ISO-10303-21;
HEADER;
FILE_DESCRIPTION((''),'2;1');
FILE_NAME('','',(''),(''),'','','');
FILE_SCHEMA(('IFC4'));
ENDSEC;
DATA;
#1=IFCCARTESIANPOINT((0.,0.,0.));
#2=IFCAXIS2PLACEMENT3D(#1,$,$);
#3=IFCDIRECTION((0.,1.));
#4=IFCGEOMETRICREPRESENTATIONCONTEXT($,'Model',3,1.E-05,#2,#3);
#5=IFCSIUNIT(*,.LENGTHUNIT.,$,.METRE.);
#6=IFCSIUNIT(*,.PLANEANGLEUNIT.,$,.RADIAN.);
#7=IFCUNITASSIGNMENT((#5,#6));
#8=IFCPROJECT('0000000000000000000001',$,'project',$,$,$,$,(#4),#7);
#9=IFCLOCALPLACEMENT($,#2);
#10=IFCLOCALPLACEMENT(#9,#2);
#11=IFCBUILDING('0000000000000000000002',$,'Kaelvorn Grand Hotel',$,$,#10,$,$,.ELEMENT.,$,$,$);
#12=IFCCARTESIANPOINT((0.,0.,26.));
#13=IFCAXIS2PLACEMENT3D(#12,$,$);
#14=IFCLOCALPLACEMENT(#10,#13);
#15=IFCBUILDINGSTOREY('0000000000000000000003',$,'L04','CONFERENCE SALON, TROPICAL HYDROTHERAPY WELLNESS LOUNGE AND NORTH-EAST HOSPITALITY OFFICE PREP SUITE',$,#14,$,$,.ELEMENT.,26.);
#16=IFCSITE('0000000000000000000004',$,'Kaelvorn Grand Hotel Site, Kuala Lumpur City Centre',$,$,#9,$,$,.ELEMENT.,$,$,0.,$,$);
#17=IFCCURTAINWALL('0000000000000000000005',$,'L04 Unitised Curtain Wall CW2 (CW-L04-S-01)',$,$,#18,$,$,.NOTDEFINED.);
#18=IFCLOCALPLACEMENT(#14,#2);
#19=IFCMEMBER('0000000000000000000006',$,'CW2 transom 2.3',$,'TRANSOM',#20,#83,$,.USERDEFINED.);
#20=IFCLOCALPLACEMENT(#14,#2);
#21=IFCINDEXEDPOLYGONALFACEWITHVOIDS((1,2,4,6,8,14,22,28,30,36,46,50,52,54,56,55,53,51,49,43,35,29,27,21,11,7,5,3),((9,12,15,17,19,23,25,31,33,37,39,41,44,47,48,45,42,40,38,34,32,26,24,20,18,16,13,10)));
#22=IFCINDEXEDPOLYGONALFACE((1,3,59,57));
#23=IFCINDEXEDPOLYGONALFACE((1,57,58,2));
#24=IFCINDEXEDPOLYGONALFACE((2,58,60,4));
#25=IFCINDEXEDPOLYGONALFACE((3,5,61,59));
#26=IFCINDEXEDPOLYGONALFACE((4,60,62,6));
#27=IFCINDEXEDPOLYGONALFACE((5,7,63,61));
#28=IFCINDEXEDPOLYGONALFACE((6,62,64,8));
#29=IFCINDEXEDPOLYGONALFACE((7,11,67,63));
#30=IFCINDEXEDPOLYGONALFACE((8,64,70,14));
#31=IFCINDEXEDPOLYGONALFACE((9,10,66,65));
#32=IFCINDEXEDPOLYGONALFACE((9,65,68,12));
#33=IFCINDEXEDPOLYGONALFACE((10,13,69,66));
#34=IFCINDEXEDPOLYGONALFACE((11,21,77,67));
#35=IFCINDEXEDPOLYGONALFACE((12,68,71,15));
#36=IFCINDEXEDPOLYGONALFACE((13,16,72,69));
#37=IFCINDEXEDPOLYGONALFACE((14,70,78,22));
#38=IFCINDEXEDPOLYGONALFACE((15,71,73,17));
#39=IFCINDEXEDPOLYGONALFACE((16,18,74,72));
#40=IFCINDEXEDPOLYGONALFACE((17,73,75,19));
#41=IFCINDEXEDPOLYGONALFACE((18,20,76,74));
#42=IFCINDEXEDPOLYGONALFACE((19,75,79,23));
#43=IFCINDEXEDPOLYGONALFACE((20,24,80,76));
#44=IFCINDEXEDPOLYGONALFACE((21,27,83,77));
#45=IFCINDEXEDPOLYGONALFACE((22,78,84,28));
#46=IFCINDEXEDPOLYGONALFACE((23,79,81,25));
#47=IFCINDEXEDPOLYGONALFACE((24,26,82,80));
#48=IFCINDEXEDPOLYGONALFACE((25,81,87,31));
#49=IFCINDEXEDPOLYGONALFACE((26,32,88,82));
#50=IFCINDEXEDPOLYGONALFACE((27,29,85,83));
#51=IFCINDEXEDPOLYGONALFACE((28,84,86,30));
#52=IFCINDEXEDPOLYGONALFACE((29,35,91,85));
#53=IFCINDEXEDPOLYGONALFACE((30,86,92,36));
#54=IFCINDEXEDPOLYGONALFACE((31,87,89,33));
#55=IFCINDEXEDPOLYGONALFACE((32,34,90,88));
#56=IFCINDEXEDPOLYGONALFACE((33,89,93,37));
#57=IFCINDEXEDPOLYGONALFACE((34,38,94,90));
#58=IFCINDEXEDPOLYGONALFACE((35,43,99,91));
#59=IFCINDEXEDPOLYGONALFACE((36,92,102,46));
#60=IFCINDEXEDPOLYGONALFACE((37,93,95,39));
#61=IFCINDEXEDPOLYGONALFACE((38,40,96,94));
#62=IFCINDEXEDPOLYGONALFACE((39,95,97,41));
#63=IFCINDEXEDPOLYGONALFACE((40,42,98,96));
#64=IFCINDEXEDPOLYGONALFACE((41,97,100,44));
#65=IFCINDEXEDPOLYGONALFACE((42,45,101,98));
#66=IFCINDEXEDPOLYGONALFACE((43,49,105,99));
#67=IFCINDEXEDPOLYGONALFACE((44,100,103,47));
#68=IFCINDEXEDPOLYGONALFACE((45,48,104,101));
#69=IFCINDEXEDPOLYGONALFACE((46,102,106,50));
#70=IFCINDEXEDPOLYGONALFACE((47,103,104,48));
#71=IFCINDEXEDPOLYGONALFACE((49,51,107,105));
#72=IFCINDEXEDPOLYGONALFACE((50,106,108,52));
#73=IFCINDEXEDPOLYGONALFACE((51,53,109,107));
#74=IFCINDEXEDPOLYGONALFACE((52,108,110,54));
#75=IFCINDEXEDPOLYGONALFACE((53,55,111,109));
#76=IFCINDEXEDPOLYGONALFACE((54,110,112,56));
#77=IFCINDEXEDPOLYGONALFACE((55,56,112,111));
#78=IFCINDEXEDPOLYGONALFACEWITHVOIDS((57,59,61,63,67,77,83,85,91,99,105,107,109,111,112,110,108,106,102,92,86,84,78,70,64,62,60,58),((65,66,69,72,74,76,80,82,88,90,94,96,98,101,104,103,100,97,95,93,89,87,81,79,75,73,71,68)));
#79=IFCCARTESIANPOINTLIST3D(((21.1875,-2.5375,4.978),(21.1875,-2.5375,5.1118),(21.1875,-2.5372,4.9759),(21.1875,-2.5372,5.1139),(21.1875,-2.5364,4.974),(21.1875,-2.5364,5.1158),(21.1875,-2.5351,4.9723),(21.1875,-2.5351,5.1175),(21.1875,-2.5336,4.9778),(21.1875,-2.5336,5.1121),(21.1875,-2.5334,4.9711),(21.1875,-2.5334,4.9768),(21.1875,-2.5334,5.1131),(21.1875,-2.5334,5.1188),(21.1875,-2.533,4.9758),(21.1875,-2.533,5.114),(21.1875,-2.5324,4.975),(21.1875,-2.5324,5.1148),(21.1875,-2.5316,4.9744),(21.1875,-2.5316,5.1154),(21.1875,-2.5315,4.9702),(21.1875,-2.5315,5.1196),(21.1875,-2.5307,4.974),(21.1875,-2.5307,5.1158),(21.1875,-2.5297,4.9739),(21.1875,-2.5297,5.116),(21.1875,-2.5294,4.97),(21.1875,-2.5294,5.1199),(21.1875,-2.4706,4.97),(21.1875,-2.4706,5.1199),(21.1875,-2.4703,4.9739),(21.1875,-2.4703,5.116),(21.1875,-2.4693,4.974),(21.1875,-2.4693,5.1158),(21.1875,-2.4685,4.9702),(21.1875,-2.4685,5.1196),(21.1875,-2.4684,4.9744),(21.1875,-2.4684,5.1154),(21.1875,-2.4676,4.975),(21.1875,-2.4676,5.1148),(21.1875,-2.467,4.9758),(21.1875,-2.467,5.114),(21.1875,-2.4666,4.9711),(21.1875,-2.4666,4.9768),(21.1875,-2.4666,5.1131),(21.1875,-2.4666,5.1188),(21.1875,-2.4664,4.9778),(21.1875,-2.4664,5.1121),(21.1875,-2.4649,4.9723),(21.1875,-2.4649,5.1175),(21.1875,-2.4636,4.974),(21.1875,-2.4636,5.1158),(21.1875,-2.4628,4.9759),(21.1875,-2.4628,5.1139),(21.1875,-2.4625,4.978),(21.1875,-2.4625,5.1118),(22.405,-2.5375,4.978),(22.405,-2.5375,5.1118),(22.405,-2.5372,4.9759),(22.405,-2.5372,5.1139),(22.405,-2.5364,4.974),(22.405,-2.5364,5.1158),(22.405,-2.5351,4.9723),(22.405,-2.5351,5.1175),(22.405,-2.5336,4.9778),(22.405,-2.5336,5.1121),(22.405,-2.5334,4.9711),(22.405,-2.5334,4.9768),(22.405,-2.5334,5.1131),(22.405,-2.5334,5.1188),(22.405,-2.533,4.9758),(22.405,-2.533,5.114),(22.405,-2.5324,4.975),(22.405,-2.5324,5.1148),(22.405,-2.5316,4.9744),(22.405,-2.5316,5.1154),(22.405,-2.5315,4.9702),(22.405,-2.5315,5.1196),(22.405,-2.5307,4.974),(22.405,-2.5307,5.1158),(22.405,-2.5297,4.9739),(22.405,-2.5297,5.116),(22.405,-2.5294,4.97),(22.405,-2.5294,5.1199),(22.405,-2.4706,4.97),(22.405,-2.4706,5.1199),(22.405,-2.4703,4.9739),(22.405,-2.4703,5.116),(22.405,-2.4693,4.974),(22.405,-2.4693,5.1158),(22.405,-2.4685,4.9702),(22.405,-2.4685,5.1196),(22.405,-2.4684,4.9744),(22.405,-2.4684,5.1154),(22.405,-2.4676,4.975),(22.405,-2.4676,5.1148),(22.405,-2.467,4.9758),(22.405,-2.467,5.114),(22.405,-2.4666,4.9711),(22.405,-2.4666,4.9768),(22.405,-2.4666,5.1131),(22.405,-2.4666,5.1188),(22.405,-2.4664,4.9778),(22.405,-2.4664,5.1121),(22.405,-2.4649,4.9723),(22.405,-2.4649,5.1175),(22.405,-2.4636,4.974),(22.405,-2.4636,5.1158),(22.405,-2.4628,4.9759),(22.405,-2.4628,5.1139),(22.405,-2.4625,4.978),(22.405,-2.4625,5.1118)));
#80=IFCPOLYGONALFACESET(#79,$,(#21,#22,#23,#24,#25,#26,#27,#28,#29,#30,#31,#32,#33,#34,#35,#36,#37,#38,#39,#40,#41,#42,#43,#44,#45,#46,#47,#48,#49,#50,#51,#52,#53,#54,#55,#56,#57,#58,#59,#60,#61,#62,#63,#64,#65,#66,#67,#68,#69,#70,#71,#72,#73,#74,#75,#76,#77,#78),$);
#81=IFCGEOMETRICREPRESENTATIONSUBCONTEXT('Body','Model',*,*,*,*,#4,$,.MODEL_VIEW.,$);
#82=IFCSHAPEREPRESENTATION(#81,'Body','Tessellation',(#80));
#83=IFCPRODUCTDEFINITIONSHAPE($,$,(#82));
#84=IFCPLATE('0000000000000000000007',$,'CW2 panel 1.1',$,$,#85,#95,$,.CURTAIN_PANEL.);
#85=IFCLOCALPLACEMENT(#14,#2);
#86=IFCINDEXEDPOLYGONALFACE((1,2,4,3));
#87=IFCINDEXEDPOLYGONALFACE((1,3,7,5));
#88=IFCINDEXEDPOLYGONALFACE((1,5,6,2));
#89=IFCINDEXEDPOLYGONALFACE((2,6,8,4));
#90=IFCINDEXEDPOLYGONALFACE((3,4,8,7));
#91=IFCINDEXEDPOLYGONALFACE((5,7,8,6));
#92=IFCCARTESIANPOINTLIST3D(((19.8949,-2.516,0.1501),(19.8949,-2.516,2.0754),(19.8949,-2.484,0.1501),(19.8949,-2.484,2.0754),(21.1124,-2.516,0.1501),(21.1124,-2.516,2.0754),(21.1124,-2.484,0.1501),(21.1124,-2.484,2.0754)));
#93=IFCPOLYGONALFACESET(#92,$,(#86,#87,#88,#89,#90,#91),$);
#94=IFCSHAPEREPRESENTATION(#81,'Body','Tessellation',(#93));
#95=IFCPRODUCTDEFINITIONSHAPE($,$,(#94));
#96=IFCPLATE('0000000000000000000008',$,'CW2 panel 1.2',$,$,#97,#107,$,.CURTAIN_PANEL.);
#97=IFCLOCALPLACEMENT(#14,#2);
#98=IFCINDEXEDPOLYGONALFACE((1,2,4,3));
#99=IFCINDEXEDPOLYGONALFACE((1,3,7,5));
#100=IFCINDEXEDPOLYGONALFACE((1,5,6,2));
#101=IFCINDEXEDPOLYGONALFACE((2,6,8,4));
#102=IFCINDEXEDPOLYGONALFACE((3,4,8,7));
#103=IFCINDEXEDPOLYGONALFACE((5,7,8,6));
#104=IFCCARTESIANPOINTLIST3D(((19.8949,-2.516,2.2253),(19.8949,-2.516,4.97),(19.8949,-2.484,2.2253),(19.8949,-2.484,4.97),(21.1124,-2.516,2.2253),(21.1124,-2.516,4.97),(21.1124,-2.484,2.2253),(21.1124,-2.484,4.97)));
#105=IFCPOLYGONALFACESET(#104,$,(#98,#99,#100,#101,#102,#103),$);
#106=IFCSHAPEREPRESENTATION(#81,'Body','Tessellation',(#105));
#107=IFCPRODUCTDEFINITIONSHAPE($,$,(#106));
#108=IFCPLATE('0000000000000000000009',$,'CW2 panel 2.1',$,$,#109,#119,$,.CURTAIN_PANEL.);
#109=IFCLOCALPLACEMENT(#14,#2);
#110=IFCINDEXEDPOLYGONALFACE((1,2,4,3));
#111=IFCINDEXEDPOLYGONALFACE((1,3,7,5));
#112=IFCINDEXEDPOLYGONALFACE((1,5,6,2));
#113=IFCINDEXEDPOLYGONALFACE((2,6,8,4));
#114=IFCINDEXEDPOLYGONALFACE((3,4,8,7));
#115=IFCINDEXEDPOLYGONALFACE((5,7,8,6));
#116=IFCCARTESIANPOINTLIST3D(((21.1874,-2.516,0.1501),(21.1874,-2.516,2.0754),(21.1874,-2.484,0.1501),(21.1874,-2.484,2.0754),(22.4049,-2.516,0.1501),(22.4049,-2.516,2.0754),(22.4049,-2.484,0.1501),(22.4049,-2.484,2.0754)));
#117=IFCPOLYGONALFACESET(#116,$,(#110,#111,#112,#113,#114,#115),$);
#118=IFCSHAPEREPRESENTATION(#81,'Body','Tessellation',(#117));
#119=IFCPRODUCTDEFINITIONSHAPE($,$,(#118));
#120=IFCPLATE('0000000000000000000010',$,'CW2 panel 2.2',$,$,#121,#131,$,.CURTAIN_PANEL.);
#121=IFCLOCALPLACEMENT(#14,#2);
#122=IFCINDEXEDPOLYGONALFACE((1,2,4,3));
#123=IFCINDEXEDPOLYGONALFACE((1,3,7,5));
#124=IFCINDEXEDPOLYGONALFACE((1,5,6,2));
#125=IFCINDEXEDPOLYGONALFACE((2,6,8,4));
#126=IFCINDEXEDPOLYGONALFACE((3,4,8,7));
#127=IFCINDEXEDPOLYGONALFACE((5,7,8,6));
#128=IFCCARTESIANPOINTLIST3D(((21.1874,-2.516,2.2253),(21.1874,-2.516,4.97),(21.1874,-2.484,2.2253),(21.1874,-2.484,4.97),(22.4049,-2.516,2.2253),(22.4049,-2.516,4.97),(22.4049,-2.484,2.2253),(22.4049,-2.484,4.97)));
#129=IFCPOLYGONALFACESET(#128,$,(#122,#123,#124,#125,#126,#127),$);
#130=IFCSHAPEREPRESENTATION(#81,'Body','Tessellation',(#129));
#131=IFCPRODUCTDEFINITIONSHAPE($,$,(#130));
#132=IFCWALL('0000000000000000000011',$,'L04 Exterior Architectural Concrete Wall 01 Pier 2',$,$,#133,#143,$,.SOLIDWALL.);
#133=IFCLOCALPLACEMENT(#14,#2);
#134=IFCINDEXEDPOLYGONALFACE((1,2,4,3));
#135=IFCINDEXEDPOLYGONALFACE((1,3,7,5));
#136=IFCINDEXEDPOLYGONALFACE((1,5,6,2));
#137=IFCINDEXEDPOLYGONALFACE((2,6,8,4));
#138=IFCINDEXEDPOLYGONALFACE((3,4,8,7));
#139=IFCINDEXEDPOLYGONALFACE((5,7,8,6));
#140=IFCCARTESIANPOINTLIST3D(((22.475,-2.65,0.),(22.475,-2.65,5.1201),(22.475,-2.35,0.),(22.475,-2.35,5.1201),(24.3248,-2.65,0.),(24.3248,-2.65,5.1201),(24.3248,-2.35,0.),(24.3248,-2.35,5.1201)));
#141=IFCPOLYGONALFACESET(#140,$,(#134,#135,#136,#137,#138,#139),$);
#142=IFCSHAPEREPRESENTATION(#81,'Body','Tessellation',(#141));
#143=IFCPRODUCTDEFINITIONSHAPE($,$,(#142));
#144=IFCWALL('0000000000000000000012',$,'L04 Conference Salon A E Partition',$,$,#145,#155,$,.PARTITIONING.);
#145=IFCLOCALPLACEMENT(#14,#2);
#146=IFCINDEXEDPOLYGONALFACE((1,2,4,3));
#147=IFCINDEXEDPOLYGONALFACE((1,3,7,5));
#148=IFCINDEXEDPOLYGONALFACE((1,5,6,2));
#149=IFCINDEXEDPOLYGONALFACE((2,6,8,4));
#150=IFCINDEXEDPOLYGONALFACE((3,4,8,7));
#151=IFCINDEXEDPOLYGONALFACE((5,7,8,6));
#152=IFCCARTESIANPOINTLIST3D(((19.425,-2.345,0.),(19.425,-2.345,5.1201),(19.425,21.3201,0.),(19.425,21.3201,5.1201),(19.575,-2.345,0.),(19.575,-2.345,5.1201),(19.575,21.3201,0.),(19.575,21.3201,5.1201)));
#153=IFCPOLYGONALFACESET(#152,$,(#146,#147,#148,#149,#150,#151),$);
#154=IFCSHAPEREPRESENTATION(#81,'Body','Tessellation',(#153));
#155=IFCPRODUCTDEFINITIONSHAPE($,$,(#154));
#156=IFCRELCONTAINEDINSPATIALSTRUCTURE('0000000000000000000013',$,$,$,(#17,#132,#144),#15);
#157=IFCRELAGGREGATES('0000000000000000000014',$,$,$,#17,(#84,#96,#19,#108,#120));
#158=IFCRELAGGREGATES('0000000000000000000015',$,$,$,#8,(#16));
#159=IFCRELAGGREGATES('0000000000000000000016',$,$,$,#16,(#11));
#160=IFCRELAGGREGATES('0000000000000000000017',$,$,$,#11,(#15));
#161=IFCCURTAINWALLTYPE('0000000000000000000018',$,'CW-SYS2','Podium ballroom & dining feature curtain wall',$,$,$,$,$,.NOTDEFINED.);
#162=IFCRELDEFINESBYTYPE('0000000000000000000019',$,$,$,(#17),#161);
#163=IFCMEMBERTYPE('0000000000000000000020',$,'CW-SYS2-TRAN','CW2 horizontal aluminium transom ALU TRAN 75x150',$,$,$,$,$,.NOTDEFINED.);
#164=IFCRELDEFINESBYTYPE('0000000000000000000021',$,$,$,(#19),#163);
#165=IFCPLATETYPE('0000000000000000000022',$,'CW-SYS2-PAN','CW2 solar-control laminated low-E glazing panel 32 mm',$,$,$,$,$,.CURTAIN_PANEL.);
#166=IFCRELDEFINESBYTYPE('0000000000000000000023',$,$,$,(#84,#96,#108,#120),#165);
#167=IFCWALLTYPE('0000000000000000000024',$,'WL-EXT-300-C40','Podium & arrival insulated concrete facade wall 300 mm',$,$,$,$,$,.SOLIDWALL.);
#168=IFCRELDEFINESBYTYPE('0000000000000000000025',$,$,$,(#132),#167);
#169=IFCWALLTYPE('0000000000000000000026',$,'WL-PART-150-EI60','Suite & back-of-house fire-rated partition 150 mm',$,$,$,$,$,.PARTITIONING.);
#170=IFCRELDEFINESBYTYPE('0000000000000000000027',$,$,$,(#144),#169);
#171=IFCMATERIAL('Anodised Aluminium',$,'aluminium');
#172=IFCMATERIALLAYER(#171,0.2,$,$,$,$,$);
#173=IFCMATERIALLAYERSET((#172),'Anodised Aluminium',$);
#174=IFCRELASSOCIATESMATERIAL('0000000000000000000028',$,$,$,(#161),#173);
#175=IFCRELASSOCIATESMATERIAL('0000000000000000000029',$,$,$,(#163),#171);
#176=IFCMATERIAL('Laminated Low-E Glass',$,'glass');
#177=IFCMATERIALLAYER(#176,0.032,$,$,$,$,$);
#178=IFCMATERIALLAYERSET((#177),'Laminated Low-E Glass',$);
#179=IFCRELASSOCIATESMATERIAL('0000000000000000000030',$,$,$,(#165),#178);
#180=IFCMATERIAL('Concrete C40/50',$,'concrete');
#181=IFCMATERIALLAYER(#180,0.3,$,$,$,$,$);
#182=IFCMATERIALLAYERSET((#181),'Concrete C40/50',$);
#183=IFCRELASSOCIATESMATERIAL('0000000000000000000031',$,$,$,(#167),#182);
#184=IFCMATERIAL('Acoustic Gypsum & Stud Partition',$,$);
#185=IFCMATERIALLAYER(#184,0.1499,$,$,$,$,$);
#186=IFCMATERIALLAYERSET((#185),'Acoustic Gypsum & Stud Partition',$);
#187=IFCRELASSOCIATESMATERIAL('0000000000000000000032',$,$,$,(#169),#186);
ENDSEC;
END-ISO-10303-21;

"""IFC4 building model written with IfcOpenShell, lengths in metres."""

from ifc_helpers import new_model, si_unit, direction, frame, frame_2d, origin, origin_2d, place, context, subcontext, project, spatial, rectangle, hollow_rectangle, extrude, material, layer, layer_set, material_profile, profile_set, type_object, element, aggregate, save


model = new_model("IFC4")

# Units and contexts
model_context = context("Model", 3, precision=1e-05, world=origin(), true_north=direction((0.0, 1.0)))
body_context = subcontext(model_context, "Body", "Model", "MODEL_VIEW")
ifc_project = project(units=[si_unit("LENGTHUNIT", "METRE"), si_unit("PLANEANGLEUNIT", "RADIAN")], contexts=[model_context])

# Site, building, storey
site_placement = place(None, origin())
site = spatial("IfcSite", under=ifc_project, at=site_placement, Name="Kaelvorn Grand Hotel Site, Kuala Lumpur City Centre", CompositionType="ELEMENT", RefElevation=0.0)
building_placement = place(site_placement, origin())
building = spatial("IfcBuilding", under=site, at=building_placement, Name="Kaelvorn Grand Hotel", CompositionType="ELEMENT")
storey_placement = place(building_placement, frame((0.0, 0.0, 26.0)))
storey = spatial("IfcBuildingStorey", under=building, at=storey_placement, Name="L04", Description="CONFERENCE SALON, TROPICAL HYDROTHERAPY WELLNESS LOUNGE AND NORTH-EAST HOSPITALITY OFFICE PREP SUITE", CompositionType="ELEMENT", Elevation=26.0)

# Curtain wall, member, plates
ifc_material_1 = material(Name="Anodised Aluminium", Category="aluminium")
ifc_layer_1 = layer(ifc_material_1, 0.2)
ifc_layer_set_1 = layer_set([ifc_layer_1], Name="Anodised Aluminium")
curtain_wall_type = type_object("IfcCurtainWallType", Name="CW-SYS2", Description="Podium ballroom & dining feature curtain wall", PredefinedType="NOTDEFINED", material=ifc_layer_set_1)
curtain_wall_placement = place(storey_placement, origin())
curtain_wall = element("IfcCurtainWall", 1, at=curtain_wall_placement, inside=storey, type_object=curtain_wall_type, Name="L04 Unitised Curtain Wall CW2 (CW-L04-S-01)", PredefinedType="NOTDEFINED")
ifc_material_profile_1 = material_profile(ifc_material_1, hollow_rectangle(XDim=0.075, YDim=0.1499, WallThickness=0.0039, InnerFilletRadius=0.0039, OuterFilletRadius=0.0081, at=origin_2d()), Name="ALU TRAN 75x150")
ifc_profile_set_1 = profile_set([ifc_material_profile_1], Name="Anodised Aluminium")
member_type_1 = type_object("IfcMemberType", Name="CW-SYS2-TRAN", Description="CW2 horizontal aluminium transom ALU TRAN 75x150", PredefinedType="NOTDEFINED", material=ifc_profile_set_1)
member_1_placement = place(storey_placement, frame((21.1875, -2.5, 5.0449), z_axis=(1.0, 0.0, 0.0), x_axis=(0.0, 1.0, 0.0)))
member_1 = element("IfcMember", 2, at=member_1_placement, type_object=member_type_1, Name="CW2 transom 2.3", ObjectType="TRANSOM", PredefinedType="USERDEFINED", context=body_context, shape_type="SweptSolid", body=[
    extrude(hollow_rectangle(XDim=0.075, YDim=0.1499, WallThickness=0.0039, InnerFilletRadius=0.0039, OuterFilletRadius=0.0081, at=origin_2d()), origin(), (0.0, 0.0, 1.0), 1.2175),
])
ifc_material_2 = material(Name="Laminated Low-E Glass", Category="glass")
ifc_layer_2 = layer(ifc_material_2, 0.032)
ifc_layer_set_2 = layer_set([ifc_layer_2], Name="Laminated Low-E Glass")
plate_type = type_object("IfcPlateType", Name="CW-SYS2-PAN", Description="CW2 solar-control laminated low-E glazing panel 32 mm", PredefinedType="CURTAIN_PANEL", material=ifc_layer_set_2)
plate_1_placement = place(storey_placement, frame((20.5037, -2.5, 0.1501), z_axis=(0.0, 0.0, 1.0), x_axis=(1.0, 0.0, 0.0)))
plate_1 = element("IfcPlate", 3, at=plate_1_placement, type_object=plate_type, Name="CW2 panel 1.1", PredefinedType="CURTAIN_PANEL", context=body_context, shape_type="SweptSolid", body=[
    extrude(rectangle(XDim=1.2175, YDim=0.032, at=origin_2d()), origin(), (0.0, 0.0, 1.0), 1.9253),
])
plate_2_placement = place(storey_placement, frame((20.5037, -2.5, 2.2253), z_axis=(0.0, 0.0, 1.0), x_axis=(1.0, 0.0, 0.0)))
plate_2 = element("IfcPlate", 4, at=plate_2_placement, type_object=plate_type, Name="CW2 panel 1.2", PredefinedType="CURTAIN_PANEL", context=body_context, shape_type="SweptSolid", body=[
    extrude(rectangle(XDim=1.2175, YDim=0.032, at=origin_2d()), origin(), (0.0, 0.0, 1.0), 2.7446),
])
plate_3_placement = place(storey_placement, frame((21.7961, -2.5, 0.1501), z_axis=(0.0, 0.0, 1.0), x_axis=(1.0, 0.0, 0.0)))
plate_3 = element("IfcPlate", 5, at=plate_3_placement, type_object=plate_type, Name="CW2 panel 2.1", PredefinedType="CURTAIN_PANEL", context=body_context, shape_type="SweptSolid", body=[
    extrude(rectangle(XDim=1.2175, YDim=0.032, at=origin_2d()), origin(), (0.0, 0.0, 1.0), 1.9253),
])
plate_4_placement = place(storey_placement, frame((21.7961, -2.5, 2.2253), z_axis=(0.0, 0.0, 1.0), x_axis=(1.0, 0.0, 0.0)))
plate_4 = element("IfcPlate", 6, at=plate_4_placement, type_object=plate_type, Name="CW2 panel 2.2", PredefinedType="CURTAIN_PANEL", context=body_context, shape_type="SweptSolid", body=[
    extrude(rectangle(XDim=1.2175, YDim=0.032, at=origin_2d()), origin(), (0.0, 0.0, 1.0), 2.7446),
])
aggregate(curtain_wall, [plate_1, plate_2, member_1, plate_3, plate_4])

# Walls
ifc_material_3 = material(Name="Concrete C40/50", Category="concrete")
ifc_layer_3 = layer(ifc_material_3, 0.3)
ifc_layer_set_3 = layer_set([ifc_layer_3], Name="Concrete C40/50")
wall_type_1 = type_object("IfcWallType", Name="WL-EXT-300-C40", Description="Podium & arrival insulated concrete facade wall 300 mm", PredefinedType="SOLIDWALL", material=ifc_layer_set_3)
wall_1_placement = place(storey_placement, frame((22.4751, -2.5, 0.0), z_axis=(0.0, 0.0, 1.0), x_axis=(1.0, 0.0, 0.0)))
element("IfcWall", 7, at=wall_1_placement, inside=storey, type_object=wall_type_1, Name="L04 Exterior Architectural Concrete Wall 01 Pier 2", PredefinedType="SOLIDWALL", context=body_context, shape_type="SweptSolid", body=[
    extrude(rectangle(XDim=1.8499, YDim=0.3, at=frame_2d((0.9248, 0.0))), origin(), (0.0, 0.0, 1.0), 5.1201),
])
ifc_material_4 = material(Name="Acoustic Gypsum & Stud Partition")
ifc_layer_4 = layer(ifc_material_4, 0.1499)
ifc_layer_set_4 = layer_set([ifc_layer_4], Name="Acoustic Gypsum & Stud Partition")
wall_type_2 = type_object("IfcWallType", Name="WL-PART-150-EI60", Description="Suite & back-of-house fire-rated partition 150 mm", PredefinedType="PARTITIONING", material=ifc_layer_set_4)
wall_2_placement = place(storey_placement, frame((19.5, -2.345, 0.0), z_axis=(0.0, 0.0, 1.0), x_axis=(0.0, 1.0, 0.0)))
element("IfcWall", 8, at=wall_2_placement, inside=storey, type_object=wall_type_2, Name="L04 Conference Salon A E Partition", PredefinedType="PARTITIONING", context=body_context, shape_type="SweptSolid", body=[
    extrude(rectangle(XDim=23.665, YDim=0.1499, at=frame_2d((11.8325, 0.0))), origin(), (0.0, 0.0, 1.0), 5.1201),
])

save(model, "model.ifc")
